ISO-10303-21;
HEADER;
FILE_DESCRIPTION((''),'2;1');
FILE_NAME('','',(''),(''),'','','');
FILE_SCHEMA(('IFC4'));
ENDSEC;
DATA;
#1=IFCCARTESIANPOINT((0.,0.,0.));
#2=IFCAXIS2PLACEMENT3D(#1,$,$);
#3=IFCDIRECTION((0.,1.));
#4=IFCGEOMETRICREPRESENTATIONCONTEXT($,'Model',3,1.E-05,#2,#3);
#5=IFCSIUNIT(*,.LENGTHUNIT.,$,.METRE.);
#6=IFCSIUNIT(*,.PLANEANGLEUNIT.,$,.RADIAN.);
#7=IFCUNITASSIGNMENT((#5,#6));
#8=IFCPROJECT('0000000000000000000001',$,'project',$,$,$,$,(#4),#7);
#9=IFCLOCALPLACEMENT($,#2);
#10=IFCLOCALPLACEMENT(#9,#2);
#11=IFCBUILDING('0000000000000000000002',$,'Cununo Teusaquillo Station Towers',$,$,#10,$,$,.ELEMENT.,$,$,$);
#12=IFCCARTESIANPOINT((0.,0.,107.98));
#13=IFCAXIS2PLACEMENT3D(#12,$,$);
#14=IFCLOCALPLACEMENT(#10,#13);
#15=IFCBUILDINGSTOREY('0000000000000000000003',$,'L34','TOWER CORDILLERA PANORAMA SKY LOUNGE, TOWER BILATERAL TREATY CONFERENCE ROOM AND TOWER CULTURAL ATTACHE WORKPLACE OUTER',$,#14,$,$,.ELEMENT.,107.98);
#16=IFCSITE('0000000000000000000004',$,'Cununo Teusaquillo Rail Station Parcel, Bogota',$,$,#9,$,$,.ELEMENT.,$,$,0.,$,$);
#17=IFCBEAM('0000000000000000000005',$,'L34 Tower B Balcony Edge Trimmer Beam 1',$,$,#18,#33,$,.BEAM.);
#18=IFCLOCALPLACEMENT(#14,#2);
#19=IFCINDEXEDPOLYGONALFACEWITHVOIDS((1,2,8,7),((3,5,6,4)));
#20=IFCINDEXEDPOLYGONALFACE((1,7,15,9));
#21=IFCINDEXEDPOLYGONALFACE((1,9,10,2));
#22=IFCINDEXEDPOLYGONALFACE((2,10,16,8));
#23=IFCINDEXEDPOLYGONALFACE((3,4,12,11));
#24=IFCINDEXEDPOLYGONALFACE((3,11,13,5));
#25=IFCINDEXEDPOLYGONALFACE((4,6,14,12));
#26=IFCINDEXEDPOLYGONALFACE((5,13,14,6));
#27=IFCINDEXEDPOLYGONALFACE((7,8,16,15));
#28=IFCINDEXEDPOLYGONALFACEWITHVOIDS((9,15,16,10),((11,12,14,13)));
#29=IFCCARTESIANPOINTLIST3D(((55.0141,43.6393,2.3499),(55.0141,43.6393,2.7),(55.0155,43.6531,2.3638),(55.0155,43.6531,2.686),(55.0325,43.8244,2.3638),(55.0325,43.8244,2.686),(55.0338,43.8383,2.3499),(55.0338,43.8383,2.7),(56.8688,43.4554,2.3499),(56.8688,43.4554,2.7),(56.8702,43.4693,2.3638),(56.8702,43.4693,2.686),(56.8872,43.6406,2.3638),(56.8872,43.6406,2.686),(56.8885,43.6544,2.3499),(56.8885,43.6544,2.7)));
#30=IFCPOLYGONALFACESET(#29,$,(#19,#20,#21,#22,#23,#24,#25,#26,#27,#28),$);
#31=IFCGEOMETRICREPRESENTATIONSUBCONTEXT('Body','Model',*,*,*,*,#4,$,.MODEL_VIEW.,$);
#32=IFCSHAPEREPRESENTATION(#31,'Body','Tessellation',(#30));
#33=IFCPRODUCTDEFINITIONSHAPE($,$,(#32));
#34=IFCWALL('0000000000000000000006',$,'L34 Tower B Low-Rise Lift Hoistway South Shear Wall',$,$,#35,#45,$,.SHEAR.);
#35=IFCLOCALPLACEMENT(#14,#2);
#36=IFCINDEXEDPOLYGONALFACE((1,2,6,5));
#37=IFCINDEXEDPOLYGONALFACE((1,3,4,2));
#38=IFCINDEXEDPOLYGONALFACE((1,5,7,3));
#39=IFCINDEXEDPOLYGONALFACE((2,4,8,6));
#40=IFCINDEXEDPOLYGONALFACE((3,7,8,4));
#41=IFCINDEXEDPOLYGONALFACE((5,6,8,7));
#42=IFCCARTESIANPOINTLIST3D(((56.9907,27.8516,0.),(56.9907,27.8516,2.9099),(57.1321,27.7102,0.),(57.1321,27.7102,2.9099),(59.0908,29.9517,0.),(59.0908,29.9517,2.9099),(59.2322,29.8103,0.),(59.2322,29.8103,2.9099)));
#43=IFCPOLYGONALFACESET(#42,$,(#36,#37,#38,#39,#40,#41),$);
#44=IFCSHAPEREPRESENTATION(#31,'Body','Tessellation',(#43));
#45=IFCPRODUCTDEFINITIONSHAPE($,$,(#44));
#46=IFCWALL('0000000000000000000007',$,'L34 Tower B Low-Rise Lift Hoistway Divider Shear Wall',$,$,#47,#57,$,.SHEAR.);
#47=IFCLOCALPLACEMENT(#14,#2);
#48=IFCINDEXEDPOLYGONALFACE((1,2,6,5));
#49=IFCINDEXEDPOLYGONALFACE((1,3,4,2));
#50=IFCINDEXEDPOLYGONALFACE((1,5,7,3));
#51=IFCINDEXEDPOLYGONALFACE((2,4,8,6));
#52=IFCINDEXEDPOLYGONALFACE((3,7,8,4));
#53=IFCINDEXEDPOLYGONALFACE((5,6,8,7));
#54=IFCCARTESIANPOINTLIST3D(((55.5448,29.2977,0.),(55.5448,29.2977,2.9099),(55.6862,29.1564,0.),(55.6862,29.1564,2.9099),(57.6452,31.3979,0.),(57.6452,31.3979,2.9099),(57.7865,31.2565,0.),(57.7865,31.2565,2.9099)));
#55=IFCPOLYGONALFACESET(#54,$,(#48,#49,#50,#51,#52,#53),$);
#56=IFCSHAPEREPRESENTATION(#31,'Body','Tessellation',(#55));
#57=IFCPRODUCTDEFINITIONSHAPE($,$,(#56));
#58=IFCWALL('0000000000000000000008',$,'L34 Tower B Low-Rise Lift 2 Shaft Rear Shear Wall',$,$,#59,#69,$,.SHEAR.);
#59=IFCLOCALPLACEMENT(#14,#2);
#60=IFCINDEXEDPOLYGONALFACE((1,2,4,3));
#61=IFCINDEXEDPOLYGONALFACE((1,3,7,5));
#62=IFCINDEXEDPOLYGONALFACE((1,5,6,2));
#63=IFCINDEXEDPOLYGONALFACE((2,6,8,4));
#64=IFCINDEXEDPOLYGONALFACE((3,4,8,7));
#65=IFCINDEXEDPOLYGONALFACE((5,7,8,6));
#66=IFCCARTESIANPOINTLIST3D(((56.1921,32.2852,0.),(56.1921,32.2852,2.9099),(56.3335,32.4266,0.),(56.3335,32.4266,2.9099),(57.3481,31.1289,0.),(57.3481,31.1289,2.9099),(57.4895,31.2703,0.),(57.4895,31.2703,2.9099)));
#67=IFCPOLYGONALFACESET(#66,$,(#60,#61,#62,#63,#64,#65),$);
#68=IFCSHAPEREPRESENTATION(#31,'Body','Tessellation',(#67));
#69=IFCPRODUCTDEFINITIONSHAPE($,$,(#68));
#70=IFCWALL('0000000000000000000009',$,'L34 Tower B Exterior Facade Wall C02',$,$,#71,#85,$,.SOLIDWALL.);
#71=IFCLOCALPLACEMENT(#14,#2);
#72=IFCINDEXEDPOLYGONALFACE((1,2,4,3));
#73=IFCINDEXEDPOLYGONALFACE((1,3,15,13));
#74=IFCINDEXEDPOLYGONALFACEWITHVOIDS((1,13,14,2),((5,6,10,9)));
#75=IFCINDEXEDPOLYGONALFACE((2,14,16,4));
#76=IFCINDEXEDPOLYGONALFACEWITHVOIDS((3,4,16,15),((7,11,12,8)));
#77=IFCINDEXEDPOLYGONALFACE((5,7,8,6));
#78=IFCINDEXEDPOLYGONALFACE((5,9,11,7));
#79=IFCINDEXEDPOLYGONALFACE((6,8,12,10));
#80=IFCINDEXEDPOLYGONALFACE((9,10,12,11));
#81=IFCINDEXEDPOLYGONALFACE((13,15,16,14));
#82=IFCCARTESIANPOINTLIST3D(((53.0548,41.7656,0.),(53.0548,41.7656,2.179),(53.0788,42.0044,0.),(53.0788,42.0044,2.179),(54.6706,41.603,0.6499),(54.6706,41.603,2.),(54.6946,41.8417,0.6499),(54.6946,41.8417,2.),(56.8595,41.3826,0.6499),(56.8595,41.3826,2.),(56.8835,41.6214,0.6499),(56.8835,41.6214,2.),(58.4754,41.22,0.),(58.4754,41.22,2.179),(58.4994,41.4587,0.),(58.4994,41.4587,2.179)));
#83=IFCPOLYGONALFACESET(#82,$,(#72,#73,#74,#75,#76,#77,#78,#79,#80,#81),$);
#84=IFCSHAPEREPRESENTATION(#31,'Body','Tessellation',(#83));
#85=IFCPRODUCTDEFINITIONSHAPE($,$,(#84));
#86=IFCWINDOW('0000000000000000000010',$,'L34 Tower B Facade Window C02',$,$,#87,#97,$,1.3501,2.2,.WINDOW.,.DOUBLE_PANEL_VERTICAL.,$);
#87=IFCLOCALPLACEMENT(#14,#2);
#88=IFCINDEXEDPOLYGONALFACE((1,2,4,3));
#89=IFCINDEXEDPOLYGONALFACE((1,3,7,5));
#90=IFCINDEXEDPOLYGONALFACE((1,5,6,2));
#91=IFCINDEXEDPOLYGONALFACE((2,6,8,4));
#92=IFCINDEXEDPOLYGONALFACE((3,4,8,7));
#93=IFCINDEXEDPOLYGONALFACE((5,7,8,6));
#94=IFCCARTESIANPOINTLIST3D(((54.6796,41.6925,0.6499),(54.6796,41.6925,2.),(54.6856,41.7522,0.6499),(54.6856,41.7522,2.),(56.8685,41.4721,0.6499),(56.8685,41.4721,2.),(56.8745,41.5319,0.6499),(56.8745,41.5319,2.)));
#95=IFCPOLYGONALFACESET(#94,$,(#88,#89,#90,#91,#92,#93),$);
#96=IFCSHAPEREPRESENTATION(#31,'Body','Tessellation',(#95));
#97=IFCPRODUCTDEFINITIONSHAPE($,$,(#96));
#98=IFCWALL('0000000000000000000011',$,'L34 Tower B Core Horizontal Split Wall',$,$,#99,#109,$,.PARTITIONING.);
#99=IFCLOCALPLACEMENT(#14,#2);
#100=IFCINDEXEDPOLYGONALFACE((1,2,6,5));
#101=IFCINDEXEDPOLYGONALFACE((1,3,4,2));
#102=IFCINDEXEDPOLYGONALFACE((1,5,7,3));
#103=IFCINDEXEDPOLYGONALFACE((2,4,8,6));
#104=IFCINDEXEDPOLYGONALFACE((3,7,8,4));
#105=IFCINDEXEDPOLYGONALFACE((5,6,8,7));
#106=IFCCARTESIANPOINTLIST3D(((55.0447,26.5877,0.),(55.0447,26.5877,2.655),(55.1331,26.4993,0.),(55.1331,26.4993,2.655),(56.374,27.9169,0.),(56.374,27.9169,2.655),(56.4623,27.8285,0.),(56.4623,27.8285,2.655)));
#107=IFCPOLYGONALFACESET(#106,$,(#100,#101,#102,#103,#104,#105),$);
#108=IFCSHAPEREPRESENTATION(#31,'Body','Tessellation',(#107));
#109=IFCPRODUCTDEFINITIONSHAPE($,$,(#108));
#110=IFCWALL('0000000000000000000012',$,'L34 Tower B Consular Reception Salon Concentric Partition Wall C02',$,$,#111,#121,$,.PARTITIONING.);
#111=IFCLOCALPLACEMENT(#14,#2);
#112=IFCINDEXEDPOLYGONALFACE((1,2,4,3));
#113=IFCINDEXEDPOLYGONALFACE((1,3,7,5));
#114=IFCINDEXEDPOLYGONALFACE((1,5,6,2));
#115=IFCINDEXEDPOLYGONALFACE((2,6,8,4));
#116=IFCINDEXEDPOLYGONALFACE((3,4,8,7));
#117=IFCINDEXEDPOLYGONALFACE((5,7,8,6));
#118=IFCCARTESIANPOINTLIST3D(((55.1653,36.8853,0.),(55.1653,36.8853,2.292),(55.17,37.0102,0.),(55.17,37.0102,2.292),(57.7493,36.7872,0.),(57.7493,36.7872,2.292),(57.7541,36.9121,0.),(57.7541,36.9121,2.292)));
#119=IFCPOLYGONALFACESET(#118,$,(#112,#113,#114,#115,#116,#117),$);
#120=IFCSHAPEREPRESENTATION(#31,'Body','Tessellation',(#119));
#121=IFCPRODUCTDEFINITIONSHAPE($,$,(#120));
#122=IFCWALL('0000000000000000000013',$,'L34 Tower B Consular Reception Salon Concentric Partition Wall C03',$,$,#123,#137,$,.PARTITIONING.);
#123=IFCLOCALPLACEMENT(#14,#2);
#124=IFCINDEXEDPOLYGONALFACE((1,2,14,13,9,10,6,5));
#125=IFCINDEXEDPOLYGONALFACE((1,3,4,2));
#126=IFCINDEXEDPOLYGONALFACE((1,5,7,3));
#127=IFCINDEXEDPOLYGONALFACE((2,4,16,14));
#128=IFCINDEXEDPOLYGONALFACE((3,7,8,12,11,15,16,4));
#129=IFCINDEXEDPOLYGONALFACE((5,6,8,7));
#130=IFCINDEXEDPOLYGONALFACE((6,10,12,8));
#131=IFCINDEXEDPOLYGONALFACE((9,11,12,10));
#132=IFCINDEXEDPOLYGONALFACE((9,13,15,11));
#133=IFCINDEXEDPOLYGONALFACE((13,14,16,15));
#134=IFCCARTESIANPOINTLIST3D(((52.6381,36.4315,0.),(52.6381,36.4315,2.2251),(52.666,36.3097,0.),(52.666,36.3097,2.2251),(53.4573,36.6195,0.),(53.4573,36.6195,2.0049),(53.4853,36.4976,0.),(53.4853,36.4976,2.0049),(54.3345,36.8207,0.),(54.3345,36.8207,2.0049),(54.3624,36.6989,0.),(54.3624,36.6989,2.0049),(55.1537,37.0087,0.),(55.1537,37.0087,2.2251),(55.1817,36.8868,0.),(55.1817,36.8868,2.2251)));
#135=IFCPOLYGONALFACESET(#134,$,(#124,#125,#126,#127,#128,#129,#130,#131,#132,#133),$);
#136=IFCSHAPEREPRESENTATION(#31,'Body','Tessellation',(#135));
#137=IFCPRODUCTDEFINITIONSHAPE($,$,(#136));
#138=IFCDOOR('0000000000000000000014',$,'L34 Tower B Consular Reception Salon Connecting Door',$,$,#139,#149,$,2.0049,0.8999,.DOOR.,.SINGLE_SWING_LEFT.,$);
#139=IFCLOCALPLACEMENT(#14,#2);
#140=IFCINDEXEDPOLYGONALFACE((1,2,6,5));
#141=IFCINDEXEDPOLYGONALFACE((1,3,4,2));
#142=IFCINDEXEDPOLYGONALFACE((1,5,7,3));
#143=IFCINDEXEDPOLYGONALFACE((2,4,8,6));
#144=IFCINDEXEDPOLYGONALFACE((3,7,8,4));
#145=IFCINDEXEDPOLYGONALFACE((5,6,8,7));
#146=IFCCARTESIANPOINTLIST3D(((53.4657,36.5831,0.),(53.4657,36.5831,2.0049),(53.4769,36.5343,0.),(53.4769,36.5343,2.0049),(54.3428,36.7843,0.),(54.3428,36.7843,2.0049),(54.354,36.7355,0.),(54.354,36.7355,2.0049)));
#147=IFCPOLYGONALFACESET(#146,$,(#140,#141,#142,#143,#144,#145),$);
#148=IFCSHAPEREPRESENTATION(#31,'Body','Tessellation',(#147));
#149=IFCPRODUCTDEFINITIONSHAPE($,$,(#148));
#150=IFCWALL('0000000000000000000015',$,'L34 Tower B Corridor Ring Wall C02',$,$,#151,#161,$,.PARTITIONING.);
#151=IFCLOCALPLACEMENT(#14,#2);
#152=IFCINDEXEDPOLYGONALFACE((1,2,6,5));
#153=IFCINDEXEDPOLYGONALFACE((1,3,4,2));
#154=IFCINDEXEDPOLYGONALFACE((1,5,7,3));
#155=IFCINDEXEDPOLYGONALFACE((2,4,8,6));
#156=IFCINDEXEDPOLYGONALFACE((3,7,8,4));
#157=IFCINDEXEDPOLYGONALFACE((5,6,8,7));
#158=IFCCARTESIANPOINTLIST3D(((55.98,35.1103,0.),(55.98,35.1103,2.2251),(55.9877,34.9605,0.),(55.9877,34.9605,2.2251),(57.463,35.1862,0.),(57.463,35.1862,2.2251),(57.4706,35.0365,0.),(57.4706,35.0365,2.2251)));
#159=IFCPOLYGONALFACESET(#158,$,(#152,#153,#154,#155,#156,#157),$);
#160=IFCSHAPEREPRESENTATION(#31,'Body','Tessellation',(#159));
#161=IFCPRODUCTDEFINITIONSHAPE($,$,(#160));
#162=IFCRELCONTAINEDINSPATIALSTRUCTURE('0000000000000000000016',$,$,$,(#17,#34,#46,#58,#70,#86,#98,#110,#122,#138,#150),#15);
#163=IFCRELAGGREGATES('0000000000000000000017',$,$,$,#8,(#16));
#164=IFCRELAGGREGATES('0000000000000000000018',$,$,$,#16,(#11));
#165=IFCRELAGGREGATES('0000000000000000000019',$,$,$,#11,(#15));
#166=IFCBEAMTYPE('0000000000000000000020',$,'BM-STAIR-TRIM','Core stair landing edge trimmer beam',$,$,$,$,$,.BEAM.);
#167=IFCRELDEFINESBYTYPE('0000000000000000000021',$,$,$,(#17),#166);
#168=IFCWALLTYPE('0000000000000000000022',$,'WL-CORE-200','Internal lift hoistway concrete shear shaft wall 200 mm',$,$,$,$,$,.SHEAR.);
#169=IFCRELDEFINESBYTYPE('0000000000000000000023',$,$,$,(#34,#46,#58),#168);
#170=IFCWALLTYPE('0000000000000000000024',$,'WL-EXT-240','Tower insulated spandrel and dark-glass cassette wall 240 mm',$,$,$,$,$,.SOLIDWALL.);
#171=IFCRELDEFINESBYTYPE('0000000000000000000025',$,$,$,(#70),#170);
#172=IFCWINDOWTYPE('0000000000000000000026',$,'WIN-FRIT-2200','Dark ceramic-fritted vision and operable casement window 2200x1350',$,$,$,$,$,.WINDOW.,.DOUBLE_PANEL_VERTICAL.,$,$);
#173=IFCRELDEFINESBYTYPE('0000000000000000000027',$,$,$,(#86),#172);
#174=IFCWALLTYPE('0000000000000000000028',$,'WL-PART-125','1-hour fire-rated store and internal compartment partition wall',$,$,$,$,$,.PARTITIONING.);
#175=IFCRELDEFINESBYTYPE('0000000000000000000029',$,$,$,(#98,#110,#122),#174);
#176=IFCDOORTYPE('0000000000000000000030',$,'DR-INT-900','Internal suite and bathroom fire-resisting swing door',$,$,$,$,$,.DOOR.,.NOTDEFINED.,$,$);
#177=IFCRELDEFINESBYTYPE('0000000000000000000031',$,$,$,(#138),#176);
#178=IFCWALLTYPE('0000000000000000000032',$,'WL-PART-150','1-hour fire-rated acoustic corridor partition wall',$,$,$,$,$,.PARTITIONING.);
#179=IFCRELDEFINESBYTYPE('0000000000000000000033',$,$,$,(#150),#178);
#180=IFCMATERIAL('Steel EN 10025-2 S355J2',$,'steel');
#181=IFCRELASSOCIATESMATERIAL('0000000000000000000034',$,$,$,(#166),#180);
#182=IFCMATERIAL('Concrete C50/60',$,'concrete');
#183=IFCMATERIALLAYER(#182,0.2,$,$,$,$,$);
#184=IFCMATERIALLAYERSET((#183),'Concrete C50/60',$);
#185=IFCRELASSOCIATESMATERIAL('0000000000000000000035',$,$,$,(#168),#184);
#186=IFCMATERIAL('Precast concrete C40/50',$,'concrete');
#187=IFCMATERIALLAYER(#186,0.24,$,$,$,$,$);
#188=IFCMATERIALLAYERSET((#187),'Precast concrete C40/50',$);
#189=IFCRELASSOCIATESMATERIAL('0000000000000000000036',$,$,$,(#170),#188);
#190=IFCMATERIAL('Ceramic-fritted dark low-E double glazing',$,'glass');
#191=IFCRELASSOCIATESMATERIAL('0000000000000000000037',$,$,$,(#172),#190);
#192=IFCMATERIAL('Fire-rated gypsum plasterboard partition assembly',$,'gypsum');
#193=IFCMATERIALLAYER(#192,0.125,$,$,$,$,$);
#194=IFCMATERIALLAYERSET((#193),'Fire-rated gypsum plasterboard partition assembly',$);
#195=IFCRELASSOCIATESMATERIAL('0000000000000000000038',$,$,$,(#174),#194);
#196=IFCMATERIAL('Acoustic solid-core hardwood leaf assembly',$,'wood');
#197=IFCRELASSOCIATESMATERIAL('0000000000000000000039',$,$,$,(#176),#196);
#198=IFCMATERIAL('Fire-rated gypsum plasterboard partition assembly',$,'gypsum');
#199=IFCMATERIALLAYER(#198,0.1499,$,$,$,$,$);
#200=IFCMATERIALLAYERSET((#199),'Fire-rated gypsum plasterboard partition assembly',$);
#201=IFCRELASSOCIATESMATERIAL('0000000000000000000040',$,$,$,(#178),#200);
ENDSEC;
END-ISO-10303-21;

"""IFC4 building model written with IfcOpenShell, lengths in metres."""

from ifc_helpers import new_model, si_unit, direction, frame, frame_2d, origin, origin_2d, place, context, subcontext, project, spatial, rectangle, hollow_rectangle, extrude, source, transform, mapped, material, layer, layer_set, material_profile, profile_set, type_object, element, fill, save


model = new_model("IFC4")

# Units and contexts
model_context = context("Model", 3, precision=1e-05, world=origin(), true_north=direction((0.0, 1.0)))
body_context = subcontext(model_context, "Body", "Model", "MODEL_VIEW")
ifc_project = project(units=[si_unit("LENGTHUNIT", "METRE"), si_unit("PLANEANGLEUNIT", "RADIAN")], contexts=[model_context])

# Site, building, storey
site_placement = place(None, origin())
site = spatial("IfcSite", under=ifc_project, at=site_placement, Name="Cununo Teusaquillo Rail Station Parcel, Bogota", CompositionType="ELEMENT", RefElevation=0.0)
building_placement = place(site_placement, origin())
building = spatial("IfcBuilding", under=site, at=building_placement, Name="Cununo Teusaquillo Station Towers", CompositionType="ELEMENT")
storey_placement = place(building_placement, frame((0.0, 0.0, 107.98)))
storey = spatial("IfcBuildingStorey", under=building, at=storey_placement, Name="L34", Description="TOWER CORDILLERA PANORAMA SKY LOUNGE, TOWER BILATERAL TREATY CONFERENCE ROOM AND TOWER CULTURAL ATTACHE WORKPLACE OUTER", CompositionType="ELEMENT", Elevation=107.98)

# Beam
ifc_material_1 = material(Name="Steel EN 10025-2 S355J2", Category="steel")
ifc_material_profile_1 = material_profile(ifc_material_1, hollow_rectangle(XDim=0.2, YDim=0.3501, WallThickness=0.0139, at=origin_2d()), Name="RHS 350x200x14")
ifc_profile_set_1 = profile_set([ifc_material_profile_1], Name="Steel EN 10025-2 S355J2")
beam_type_1 = type_object("IfcBeamType", Name="BM-STAIR-TRIM", Description="Core stair landing edge trimmer beam", PredefinedType="BEAM", material=ifc_profile_set_1)
beam_1_placement = place(storey_placement, frame((56.8787, 43.5549, 2.5249), z_axis=(-0.995124, 0.098635, 0.0), x_axis=(-0.098635, -0.995124, 0.0)))
element("IfcBeam", 1, at=beam_1_placement, inside=storey, type_object=beam_type_1, Name="L34 Tower B Balcony Edge Trimmer Beam 1", PredefinedType="BEAM", context=body_context, shape_type="SweptSolid", body=[
    extrude(hollow_rectangle(XDim=0.2, YDim=0.3501, WallThickness=0.0139, at=origin_2d()), origin(), (0.0, 0.0, 1.0), 1.8638),
])

# Walls
ifc_material_2 = material(Name="Concrete C50/60", Category="concrete")
ifc_layer_1 = layer(ifc_material_2, 0.2)
ifc_layer_set_1 = layer_set([ifc_layer_1], Name="Concrete C50/60")
wall_type_1 = type_object("IfcWallType", Name="WL-CORE-200", Description="Internal lift hoistway concrete shear shaft wall 200 mm", PredefinedType="SHEAR", material=ifc_layer_set_1)
wall_1_placement = place(storey_placement, frame((57.0615, 27.781, 0.0), z_axis=(0.0, 0.0, 1.0), x_axis=(0.707107, 0.707107, 0.0)))
element("IfcWall", 2, at=wall_1_placement, inside=storey, type_object=wall_type_1, Name="L34 Tower B Low-Rise Lift Hoistway South Shear Wall", PredefinedType="SHEAR", context=body_context, shape_type="SweptSolid", body=[
    extrude(rectangle(XDim=2.97, YDim=0.2, at=frame_2d((1.4849, 0.0))), origin(), (0.0, 0.0, 1.0), 2.9099),
])
wall_2_placement = place(storey_placement, frame((55.6155, 29.2271, 0.0), z_axis=(0.0, 0.0, 1.0), x_axis=(0.707148, 0.707066, 0.0)))
element("IfcWall", 3, at=wall_2_placement, inside=storey, type_object=wall_type_1, Name="L34 Tower B Low-Rise Lift Hoistway Divider Shear Wall", PredefinedType="SHEAR", context=body_context, shape_type="SweptSolid", body=[
    extrude(rectangle(XDim=2.9702, YDim=0.2, at=frame_2d((1.4851, 0.0))), origin(), (0.0, 0.0, 1.0), 2.9099),
])
wall_3_placement = place(storey_placement, frame((57.4187, 31.1997, 0.0), z_axis=(0.0, 0.0, 1.0), x_axis=(-0.707032, 0.707181, 0.0)))
element("IfcWall", 4, at=wall_3_placement, inside=storey, type_object=wall_type_1, Name="L34 Tower B Low-Rise Lift 2 Shaft Rear Shear Wall", PredefinedType="SHEAR", context=body_context, shape_type="SweptSolid", body=[
    extrude(rectangle(XDim=1.635, YDim=0.2, at=frame_2d((0.8174, 0.0))), origin(), (0.0, 0.0, 1.0), 2.9099),
])

# Wall, opening, window
ifc_material_3 = material(Name="Precast concrete C40/50", Category="concrete")
ifc_layer_2 = layer(ifc_material_3, 0.24)
ifc_layer_set_2 = layer_set([ifc_layer_2], Name="Precast concrete C40/50")
wall_type_2 = type_object("IfcWallType", Name="WL-EXT-240", Description="Tower insulated spandrel and dark-glass cassette wall 240 mm", PredefinedType="SOLIDWALL", material=ifc_layer_set_2)
wall_4_placement = place(storey_placement, frame((53.0667, 41.885, 0.0), z_axis=(0.0, 0.0, 1.0), x_axis=(0.994972, -0.100156, 0.0)))
wall_4 = element("IfcWall", 5, at=wall_4_placement, inside=storey, type_object=wall_type_2, Name="L34 Tower B Exterior Facade Wall C02", PredefinedType="SOLIDWALL", context=body_context, shape_type="SweptSolid", body=[
    extrude(rectangle(XDim=5.448, YDim=0.24, at=frame_2d((2.7241, 0.0))), origin(), (0.0, 0.0, 1.0), 2.179),
])
shared_shape_1 = source(origin(), body_context, "Body", "SweptSolid", [
    extrude(rectangle(XDim=2.2, YDim=1.3501, at=frame_2d((1.1001, 0.675))), frame((0.0, 0.1299, 0.0), z_axis=(0.0, -1.0, 0.0), x_axis=(1.0, 0.0, 0.0)), (0.0, 0.0, 1.0), 0.26),
])
opening_1_placement = place(wall_4_placement, frame((1.624, 0.0, 0.6499)))
opening_1 = element("IfcOpeningElement", 6, at=opening_1_placement, cuts=wall_4, PredefinedType="OPENING", context=body_context, shape_type="MappedRepresentation", body=[
    mapped(shared_shape_1, transform((0.0, 0.0, 0.0), x_axis=(1.0, 0.0, 0.0), y_axis=(0.0, 1.0, 0.0), z_axis=(0.0, 0.0, 1.0), scale=1.0)),
])
ifc_material_4 = material(Name="Ceramic-fritted dark low-E double glazing", Category="glass")
window_type = type_object("IfcWindowType", Name="WIN-FRIT-2200", Description="Dark ceramic-fritted vision and operable casement window 2200x1350", PartitioningType="DOUBLE_PANEL_VERTICAL", PredefinedType="WINDOW", material=ifc_material_4)
shared_shape_2 = source(origin(), body_context, "Body", "SweptSolid", [
    extrude(rectangle(XDim=2.2, YDim=1.3501, at=frame_2d((1.1001, 0.675))), frame((0.0, 0.03, 0.0), z_axis=(0.0, -1.0, 0.0), x_axis=(1.0, 0.0, 0.0)), (0.0, 0.0, 1.0), 0.0601),
])
window_placement = place(opening_1_placement, origin())
window = element("IfcWindow", 7, at=window_placement, inside=storey, type_object=window_type, Name="L34 Tower B Facade Window C02", OverallHeight=1.3501, OverallWidth=2.2, PartitioningType="DOUBLE_PANEL_VERTICAL", PredefinedType="WINDOW", context=body_context, shape_type="MappedRepresentation", body=[
    mapped(shared_shape_2, transform((0.0, 0.0, 0.0), x_axis=(1.0, 0.0, 0.0), y_axis=(0.0, 1.0, 0.0), z_axis=(0.0, 0.0, 1.0), scale=1.0)),
])
fill(opening_1, window)

# Walls
ifc_material_5 = material(Name="Fire-rated gypsum plasterboard partition assembly", Category="gypsum")
ifc_layer_3 = layer(ifc_material_5, 0.125)
ifc_layer_set_3 = layer_set([ifc_layer_3], Name="Fire-rated gypsum plasterboard partition assembly")
wall_type_3 = type_object("IfcWallType", Name="WL-PART-125", Description="1-hour fire-rated store and internal compartment partition wall", PredefinedType="PARTITIONING", material=ifc_layer_set_3)
wall_5_placement = place(storey_placement, frame((55.0889, 26.5435, 0.0), z_axis=(0.0, 0.0, 1.0), x_axis=(0.707107, 0.707107, 0.0)))
element("IfcWall", 8, at=wall_5_placement, inside=storey, type_object=wall_type_3, Name="L34 Tower B Core Horizontal Split Wall", PredefinedType="PARTITIONING", context=body_context, shape_type="SweptSolid", body=[
    extrude(rectangle(XDim=1.8799, YDim=0.125, at=frame_2d((0.9399, 0.0))), origin(), (0.0, 0.0, 1.0), 2.655),
])
wall_6_placement = place(storey_placement, frame((57.7517, 36.8496, 0.0), z_axis=(0.0, 0.0, 1.0), x_axis=(-0.999279, 0.037954, 0.0)))
element("IfcWall", 9, at=wall_6_placement, inside=storey, type_object=wall_type_3, Name="L34 Tower B Consular Reception Salon Concentric Partition Wall C02", PredefinedType="PARTITIONING", context=body_context, shape_type="SweptSolid", body=[
    extrude(rectangle(XDim=2.5859, YDim=0.125, at=frame_2d((1.293, 0.0))), origin(), (0.0, 0.0, 1.0), 2.292),
])

# Wall, opening, door
wall_7_placement = place(storey_placement, frame((55.1677, 36.9478, 0.0), z_axis=(0.0, 0.0, 1.0), x_axis=(-0.974677, -0.223616, 0.0)))
wall_7 = element("IfcWall", 10, at=wall_7_placement, inside=storey, type_object=wall_type_3, Name="L34 Tower B Consular Reception Salon Concentric Partition Wall C03", PredefinedType="PARTITIONING", context=body_context, shape_type="SweptSolid", body=[
    extrude(rectangle(XDim=2.5811, YDim=0.125, at=frame_2d((1.2905, 0.0))), origin(), (0.0, 0.0, 1.0), 2.2251),
])
shared_shape_3 = source(origin(), body_context, "Body", "SweptSolid", [
    extrude(rectangle(XDim=0.8999, YDim=2.0049, at=frame_2d((0.45, 1.0024))), frame((0.0, 0.0725, 0.0), z_axis=(0.0, -1.0, 0.0), x_axis=(1.0, 0.0, 0.0)), (0.0, 0.0, 1.0), 0.145),
])
opening_2_placement = place(wall_7_placement, frame((0.8406, 0.0, 0.0)))
opening_2 = element("IfcOpeningElement", 11, at=opening_2_placement, cuts=wall_7, PredefinedType="OPENING", context=body_context, shape_type="MappedRepresentation", body=[
    mapped(shared_shape_3, transform((0.0, 0.0, 0.0), x_axis=(1.0, 0.0, 0.0), y_axis=(0.0, 1.0, 0.0), z_axis=(0.0, 0.0, 1.0), scale=1.0)),
])
ifc_material_6 = material(Name="Acoustic solid-core hardwood leaf assembly", Category="wood")
door_type_1 = type_object("IfcDoorType", Name="DR-INT-900", Description="Internal suite and bathroom fire-resisting swing door", OperationType="NOTDEFINED", PredefinedType="DOOR", material=ifc_material_6)
shared_shape_4 = source(origin(), body_context, "Body", "SweptSolid", [
    extrude(rectangle(XDim=0.8999, YDim=2.0049, at=frame_2d((0.45, 1.0024))), frame((0.0, 0.0249, 0.0), z_axis=(0.0, -1.0, 0.0), x_axis=(1.0, 0.0, 0.0)), (0.0, 0.0, 1.0), 0.05),
])
door_1_placement = place(opening_2_placement, origin())
door_1 = element("IfcDoor", 12, at=door_1_placement, inside=storey, type_object=door_type_1, Name="L34 Tower B Consular Reception Salon Connecting Door", OperationType="SINGLE_SWING_LEFT", OverallHeight=2.0049, OverallWidth=0.8999, PredefinedType="DOOR", context=body_context, shape_type="MappedRepresentation", body=[
    mapped(shared_shape_4, transform((0.0, 0.0, 0.0), x_axis=(1.0, 0.0, 0.0), y_axis=(0.0, 1.0, 0.0), z_axis=(0.0, 0.0, 1.0), scale=1.0)),
])
fill(opening_2, door_1)

# Wall
ifc_material_7 = material(Name="Fire-rated gypsum plasterboard partition assembly", Category="gypsum")
ifc_layer_4 = layer(ifc_material_7, 0.1499)
ifc_layer_set_4 = layer_set([ifc_layer_4], Name="Fire-rated gypsum plasterboard partition assembly")
wall_type_4 = type_object("IfcWallType", Name="WL-PART-150", Description="1-hour fire-rated acoustic corridor partition wall", PredefinedType="PARTITIONING", material=ifc_layer_set_4)
wall_8_placement = place(storey_placement, frame((57.4668, 35.1113, 0.0), z_axis=(0.0, 0.0, 1.0), x_axis=(-0.998692, -0.051135, 0.0)))
element("IfcWall", 13, at=wall_8_placement, inside=storey, type_object=wall_type_4, Name="L34 Tower B Corridor Ring Wall C02", PredefinedType="PARTITIONING", context=body_context, shape_type="SweptSolid", body=[
    extrude(rectangle(XDim=1.4849, YDim=0.1499, at=frame_2d((0.7424, 0.0))), origin(), (0.0, 0.0, 1.0), 2.2251),
])

save(model, "model.ifc")
